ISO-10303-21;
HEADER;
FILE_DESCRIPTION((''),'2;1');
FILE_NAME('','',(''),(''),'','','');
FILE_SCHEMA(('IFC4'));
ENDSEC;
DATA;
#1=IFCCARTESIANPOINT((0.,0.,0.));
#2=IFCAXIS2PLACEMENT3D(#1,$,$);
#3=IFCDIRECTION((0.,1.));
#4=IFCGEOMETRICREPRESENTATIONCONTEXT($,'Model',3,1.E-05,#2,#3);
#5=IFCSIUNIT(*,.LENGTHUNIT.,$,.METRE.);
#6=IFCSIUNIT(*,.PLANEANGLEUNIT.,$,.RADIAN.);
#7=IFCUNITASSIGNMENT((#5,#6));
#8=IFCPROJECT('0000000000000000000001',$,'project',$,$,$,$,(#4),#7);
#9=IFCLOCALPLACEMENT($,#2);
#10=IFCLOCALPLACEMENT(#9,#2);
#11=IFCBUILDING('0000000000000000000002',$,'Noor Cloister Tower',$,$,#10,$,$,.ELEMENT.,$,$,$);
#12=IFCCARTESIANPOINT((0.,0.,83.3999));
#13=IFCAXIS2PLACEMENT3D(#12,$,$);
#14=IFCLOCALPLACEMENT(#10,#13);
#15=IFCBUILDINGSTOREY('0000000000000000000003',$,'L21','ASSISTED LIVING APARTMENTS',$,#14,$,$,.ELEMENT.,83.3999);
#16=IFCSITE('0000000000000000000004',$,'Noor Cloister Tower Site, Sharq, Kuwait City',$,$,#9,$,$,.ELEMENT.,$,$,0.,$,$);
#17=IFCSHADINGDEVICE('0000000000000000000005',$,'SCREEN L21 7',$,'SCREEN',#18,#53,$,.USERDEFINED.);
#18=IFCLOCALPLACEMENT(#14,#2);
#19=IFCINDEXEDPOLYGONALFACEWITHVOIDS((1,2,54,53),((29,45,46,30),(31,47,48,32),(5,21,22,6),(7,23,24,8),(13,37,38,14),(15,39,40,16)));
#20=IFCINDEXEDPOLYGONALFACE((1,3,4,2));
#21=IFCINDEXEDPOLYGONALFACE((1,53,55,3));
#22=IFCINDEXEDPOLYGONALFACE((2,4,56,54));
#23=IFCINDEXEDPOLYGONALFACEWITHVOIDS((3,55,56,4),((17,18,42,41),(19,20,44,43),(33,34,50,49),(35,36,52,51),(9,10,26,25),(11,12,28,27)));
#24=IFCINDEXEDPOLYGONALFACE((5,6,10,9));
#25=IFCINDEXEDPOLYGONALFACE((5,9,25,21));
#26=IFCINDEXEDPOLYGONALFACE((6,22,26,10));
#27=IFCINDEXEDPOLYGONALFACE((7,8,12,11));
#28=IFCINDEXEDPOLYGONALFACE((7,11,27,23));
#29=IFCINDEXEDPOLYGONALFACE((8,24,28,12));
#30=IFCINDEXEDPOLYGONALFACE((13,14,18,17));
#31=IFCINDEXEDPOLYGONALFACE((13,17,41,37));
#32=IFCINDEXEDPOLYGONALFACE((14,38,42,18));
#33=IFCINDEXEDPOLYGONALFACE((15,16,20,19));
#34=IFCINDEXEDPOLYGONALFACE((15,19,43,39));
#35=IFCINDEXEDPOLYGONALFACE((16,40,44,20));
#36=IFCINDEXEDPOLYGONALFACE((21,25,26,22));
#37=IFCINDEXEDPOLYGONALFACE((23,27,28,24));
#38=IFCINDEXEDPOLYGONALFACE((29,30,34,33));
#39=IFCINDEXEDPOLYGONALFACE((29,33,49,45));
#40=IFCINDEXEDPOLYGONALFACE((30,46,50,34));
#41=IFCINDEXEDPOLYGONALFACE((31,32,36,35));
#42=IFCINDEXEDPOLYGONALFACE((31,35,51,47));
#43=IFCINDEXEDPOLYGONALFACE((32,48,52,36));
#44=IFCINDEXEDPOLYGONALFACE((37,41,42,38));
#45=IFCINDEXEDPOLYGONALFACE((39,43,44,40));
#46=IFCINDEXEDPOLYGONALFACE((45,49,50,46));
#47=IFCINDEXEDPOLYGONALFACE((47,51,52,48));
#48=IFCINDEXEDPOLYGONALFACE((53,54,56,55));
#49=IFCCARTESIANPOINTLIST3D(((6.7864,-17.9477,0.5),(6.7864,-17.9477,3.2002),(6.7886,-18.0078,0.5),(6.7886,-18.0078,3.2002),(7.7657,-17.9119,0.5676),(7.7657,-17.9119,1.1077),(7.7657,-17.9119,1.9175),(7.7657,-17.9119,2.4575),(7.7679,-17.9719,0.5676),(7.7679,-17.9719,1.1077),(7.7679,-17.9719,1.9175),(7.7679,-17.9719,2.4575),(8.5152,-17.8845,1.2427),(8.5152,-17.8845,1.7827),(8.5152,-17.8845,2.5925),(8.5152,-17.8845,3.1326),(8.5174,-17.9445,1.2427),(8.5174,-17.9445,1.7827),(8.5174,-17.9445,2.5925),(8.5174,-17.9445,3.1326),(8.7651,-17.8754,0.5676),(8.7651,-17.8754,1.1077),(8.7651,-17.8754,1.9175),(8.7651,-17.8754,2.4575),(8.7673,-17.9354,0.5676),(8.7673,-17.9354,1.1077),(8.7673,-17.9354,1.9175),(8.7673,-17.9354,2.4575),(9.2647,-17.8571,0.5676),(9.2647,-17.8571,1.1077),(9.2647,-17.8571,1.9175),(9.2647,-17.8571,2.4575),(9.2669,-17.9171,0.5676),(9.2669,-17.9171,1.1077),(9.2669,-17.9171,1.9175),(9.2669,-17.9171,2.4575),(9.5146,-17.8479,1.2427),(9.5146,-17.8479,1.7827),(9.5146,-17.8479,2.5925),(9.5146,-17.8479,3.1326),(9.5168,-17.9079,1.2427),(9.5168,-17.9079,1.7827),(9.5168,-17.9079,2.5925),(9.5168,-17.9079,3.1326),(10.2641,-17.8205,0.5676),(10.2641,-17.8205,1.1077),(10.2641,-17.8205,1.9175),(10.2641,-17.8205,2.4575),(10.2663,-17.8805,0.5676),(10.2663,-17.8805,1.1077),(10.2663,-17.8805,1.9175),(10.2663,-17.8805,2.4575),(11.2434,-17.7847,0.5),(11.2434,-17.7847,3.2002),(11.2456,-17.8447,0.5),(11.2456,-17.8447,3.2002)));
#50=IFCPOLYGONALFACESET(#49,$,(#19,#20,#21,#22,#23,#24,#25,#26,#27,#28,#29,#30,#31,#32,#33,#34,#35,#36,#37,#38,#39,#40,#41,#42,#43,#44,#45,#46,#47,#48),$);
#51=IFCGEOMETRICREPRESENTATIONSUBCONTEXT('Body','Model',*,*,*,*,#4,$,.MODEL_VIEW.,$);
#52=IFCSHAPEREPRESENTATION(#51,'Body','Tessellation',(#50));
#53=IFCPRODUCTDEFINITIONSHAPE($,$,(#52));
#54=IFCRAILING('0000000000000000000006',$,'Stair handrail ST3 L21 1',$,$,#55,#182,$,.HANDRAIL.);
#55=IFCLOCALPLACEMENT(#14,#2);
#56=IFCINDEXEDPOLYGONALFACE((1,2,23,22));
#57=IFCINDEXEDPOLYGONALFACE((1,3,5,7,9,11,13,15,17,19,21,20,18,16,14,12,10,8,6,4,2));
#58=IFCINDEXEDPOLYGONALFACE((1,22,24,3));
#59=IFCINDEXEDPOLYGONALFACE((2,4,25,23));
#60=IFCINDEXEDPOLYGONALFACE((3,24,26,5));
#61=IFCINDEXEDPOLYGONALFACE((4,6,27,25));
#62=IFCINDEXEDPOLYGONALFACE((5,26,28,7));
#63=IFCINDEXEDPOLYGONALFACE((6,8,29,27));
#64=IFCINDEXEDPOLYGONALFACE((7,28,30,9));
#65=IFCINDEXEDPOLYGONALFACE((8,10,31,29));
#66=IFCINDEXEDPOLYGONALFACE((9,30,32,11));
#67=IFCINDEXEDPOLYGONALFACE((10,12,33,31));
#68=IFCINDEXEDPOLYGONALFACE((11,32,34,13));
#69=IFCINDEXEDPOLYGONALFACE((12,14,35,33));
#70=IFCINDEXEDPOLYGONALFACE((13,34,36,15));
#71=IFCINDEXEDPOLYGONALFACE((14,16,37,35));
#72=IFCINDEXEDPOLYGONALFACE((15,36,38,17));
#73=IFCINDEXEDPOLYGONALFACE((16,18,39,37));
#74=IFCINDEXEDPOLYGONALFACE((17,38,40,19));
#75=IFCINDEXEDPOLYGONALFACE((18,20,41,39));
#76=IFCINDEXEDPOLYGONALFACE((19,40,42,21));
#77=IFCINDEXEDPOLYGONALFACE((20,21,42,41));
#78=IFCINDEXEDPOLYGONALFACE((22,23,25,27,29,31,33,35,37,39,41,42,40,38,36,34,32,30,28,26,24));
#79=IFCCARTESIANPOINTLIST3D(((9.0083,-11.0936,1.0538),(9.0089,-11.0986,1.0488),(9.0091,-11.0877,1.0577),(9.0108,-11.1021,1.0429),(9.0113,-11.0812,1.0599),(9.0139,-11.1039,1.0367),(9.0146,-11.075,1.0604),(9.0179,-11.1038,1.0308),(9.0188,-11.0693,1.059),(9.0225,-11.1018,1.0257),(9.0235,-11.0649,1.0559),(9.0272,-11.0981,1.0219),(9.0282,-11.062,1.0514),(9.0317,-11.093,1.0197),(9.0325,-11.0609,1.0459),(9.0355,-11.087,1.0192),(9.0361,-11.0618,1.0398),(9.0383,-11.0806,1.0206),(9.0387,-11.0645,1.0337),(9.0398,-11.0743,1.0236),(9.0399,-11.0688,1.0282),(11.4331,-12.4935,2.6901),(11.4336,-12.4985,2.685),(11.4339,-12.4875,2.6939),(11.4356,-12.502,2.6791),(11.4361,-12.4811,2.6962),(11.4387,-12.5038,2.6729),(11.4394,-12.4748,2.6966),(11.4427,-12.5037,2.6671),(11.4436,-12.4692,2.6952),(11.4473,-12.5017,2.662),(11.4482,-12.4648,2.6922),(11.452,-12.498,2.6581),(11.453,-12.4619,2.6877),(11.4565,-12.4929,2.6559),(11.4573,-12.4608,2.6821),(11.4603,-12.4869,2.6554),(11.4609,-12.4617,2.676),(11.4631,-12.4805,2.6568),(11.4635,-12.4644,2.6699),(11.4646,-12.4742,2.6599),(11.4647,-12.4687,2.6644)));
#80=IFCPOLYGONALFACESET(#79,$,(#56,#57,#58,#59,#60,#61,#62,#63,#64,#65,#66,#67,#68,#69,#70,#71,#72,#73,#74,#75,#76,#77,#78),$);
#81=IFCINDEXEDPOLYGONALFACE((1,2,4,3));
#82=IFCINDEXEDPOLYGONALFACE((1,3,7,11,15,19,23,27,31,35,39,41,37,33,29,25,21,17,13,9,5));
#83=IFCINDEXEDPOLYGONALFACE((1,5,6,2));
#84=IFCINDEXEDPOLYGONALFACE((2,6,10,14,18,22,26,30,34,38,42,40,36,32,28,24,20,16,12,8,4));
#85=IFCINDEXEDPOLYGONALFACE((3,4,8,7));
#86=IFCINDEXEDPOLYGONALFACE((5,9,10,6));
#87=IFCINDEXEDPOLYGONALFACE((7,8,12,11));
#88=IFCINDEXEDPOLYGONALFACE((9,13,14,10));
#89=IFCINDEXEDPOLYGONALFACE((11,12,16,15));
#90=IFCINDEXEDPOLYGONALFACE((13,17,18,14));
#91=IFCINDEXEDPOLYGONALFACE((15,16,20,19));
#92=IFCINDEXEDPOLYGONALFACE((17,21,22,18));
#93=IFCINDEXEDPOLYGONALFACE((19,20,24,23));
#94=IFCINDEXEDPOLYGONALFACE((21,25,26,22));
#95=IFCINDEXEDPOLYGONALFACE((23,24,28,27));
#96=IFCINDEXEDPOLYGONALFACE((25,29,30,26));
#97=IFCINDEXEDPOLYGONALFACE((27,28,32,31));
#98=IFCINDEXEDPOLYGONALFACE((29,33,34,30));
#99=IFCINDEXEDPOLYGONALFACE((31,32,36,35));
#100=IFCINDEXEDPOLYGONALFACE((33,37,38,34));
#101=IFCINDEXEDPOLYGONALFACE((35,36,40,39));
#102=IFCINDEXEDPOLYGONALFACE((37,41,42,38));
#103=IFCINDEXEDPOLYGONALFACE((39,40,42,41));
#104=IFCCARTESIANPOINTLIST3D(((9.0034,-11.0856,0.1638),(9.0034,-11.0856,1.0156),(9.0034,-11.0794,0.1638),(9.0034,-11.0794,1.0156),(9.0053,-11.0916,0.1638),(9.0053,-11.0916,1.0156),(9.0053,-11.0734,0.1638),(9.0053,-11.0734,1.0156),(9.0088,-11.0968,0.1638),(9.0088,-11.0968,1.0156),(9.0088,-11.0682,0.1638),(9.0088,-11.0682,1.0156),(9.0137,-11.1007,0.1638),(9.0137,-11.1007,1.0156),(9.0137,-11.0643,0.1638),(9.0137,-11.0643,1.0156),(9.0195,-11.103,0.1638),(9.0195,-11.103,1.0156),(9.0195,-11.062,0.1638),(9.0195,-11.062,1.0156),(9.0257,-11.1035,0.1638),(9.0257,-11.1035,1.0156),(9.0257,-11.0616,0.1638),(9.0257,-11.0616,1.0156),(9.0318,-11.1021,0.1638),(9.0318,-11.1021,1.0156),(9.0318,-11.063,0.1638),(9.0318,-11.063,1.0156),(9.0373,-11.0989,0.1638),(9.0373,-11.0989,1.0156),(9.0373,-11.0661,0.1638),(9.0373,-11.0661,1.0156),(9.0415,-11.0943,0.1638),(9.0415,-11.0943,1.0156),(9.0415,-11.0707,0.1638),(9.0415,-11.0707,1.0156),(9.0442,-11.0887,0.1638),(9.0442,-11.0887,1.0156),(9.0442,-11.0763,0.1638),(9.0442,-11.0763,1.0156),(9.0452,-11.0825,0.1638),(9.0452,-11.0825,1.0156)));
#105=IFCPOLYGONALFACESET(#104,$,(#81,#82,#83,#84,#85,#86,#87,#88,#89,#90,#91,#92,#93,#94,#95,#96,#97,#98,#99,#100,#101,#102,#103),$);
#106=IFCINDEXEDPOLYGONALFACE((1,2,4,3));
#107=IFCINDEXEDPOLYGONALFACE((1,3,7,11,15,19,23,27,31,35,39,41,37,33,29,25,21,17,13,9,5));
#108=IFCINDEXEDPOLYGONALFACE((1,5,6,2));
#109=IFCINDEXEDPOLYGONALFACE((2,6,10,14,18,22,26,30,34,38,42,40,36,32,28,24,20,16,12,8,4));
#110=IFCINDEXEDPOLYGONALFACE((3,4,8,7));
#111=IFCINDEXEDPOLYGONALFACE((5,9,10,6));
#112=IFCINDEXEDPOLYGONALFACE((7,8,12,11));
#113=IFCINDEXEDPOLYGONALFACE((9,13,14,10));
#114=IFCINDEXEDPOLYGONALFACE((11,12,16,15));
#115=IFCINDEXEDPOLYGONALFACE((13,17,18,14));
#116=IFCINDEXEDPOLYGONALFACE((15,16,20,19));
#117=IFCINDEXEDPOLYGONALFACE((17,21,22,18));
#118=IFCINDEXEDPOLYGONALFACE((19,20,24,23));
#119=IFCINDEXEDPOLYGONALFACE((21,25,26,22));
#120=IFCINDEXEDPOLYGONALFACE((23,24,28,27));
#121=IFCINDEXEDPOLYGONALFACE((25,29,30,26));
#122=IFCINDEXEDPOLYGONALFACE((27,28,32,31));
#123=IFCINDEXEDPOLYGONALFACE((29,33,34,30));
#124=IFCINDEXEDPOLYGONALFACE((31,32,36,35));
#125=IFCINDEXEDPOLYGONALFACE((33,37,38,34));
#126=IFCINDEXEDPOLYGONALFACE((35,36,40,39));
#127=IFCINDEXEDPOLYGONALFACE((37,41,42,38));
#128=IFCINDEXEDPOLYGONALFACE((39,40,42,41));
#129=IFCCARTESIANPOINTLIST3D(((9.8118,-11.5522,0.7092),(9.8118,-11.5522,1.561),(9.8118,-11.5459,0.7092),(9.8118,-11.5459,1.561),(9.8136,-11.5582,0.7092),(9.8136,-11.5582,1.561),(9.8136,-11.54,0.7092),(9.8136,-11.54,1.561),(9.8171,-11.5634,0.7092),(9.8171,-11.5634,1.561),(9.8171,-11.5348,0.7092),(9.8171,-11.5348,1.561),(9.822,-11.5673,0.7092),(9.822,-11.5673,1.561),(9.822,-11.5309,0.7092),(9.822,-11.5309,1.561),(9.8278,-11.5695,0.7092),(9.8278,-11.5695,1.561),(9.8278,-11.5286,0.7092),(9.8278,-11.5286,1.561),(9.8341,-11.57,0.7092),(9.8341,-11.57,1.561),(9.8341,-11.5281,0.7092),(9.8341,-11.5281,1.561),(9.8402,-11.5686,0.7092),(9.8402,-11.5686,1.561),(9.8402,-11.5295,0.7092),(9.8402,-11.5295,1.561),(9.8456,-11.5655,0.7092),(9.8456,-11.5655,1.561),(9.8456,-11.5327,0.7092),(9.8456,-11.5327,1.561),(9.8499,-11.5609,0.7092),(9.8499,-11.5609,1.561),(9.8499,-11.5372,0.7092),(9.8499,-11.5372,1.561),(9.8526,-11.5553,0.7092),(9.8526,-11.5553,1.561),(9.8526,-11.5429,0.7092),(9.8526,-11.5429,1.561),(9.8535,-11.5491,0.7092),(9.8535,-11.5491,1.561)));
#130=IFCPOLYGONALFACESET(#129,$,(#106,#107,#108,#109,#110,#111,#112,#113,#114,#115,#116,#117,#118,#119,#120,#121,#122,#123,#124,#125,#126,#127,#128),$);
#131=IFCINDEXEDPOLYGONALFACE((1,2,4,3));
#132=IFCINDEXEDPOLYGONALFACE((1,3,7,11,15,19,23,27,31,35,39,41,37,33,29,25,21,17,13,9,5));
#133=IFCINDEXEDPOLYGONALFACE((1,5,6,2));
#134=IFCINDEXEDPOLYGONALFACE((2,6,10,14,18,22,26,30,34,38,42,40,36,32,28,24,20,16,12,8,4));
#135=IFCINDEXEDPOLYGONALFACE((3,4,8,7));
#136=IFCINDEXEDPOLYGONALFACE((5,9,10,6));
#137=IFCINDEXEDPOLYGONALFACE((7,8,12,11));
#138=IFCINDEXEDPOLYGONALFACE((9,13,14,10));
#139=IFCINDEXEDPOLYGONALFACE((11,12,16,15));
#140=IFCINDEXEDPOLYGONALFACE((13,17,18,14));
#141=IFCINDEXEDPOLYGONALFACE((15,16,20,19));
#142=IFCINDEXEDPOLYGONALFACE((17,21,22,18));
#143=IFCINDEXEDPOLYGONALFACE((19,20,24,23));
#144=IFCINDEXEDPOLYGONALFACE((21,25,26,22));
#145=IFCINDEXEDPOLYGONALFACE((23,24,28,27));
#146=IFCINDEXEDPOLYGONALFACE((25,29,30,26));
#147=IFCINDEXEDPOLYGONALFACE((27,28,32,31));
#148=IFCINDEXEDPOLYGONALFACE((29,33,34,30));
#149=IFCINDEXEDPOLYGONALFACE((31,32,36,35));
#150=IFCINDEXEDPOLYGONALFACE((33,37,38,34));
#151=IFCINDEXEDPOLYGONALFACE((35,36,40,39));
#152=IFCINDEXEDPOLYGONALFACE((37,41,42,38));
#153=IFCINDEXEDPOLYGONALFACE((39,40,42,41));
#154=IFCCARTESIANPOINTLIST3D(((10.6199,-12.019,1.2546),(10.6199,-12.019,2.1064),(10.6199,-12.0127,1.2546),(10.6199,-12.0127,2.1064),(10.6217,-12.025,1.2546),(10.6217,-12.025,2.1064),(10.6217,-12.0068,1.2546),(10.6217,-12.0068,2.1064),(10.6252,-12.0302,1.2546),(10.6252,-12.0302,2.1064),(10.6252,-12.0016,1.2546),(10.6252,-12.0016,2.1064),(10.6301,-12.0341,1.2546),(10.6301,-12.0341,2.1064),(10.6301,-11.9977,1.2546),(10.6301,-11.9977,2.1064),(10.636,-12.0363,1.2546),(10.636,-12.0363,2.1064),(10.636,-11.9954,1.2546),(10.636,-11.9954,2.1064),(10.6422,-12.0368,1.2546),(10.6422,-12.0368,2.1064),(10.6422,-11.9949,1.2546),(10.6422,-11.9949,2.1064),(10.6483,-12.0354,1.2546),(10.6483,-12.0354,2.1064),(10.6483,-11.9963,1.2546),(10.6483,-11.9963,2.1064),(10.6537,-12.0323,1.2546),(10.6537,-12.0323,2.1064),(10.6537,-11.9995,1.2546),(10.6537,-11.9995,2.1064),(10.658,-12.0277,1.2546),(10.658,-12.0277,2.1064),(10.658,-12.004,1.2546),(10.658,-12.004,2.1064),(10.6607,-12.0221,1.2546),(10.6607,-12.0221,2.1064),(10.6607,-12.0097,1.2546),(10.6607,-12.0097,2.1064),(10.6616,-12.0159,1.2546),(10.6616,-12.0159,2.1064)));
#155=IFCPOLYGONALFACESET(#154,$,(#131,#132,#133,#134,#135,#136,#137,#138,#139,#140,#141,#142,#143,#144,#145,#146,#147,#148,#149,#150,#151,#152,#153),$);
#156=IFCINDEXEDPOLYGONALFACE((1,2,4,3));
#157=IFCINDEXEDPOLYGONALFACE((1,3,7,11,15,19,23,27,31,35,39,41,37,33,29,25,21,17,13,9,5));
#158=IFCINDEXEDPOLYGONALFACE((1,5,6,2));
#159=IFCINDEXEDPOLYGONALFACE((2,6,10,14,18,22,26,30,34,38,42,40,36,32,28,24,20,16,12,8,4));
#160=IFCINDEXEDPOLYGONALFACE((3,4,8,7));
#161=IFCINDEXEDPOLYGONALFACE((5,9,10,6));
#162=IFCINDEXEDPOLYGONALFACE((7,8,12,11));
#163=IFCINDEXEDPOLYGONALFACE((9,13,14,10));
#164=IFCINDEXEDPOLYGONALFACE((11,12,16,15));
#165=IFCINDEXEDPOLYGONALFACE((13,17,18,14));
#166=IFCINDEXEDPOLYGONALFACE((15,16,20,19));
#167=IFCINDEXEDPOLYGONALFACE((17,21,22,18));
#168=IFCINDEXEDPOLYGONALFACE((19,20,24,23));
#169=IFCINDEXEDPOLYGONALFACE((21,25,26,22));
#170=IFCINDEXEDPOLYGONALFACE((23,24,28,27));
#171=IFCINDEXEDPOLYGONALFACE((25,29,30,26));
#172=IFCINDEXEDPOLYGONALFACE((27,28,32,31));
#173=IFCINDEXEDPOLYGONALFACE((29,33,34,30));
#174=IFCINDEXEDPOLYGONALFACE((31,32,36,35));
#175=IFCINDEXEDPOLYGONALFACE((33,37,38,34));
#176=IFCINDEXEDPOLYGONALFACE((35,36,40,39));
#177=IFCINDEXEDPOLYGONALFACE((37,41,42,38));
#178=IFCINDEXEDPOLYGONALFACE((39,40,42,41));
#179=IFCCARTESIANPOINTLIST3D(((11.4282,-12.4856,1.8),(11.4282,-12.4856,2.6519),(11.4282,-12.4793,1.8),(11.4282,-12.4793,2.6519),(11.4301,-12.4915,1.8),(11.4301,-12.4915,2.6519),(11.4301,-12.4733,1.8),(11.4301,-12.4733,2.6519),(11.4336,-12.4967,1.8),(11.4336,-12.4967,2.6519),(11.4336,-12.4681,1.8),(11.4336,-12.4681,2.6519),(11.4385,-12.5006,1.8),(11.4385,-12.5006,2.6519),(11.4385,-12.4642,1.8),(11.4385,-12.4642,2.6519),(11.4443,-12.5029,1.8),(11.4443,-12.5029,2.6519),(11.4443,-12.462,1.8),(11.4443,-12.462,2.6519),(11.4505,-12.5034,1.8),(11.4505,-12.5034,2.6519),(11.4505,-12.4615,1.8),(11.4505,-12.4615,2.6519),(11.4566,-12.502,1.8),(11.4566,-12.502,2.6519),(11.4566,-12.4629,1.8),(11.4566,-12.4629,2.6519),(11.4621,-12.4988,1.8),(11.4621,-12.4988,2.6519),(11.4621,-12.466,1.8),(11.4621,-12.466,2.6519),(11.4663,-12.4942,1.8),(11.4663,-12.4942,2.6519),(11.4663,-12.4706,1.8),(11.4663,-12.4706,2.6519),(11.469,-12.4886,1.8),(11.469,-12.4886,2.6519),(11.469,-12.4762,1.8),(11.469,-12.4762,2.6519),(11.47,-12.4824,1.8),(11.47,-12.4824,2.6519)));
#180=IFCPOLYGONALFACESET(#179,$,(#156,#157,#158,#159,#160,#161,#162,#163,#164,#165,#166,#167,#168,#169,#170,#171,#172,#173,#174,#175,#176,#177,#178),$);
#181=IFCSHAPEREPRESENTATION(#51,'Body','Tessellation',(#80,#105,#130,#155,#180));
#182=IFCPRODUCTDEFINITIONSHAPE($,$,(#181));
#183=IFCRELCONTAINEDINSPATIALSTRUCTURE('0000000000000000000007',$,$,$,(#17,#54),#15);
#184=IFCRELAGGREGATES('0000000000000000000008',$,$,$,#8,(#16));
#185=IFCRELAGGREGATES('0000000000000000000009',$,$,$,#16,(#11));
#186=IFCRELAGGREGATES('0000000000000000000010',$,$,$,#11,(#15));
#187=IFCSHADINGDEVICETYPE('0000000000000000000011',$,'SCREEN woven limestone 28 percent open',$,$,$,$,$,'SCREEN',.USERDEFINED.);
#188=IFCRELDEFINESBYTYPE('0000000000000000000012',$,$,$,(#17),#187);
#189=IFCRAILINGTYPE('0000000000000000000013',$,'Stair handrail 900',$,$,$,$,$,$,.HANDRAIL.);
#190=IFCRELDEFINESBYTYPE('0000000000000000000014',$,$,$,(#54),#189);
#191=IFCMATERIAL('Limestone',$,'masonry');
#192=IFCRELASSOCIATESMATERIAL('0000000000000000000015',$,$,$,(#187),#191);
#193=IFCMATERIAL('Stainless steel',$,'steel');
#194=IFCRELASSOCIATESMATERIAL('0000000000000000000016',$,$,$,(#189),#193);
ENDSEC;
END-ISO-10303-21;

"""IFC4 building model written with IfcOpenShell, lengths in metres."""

from ifc_helpers import new_model, si_unit, direction, frame, origin, origin_2d, place, context, subcontext, project, spatial, polyline, circle, outline, extrude, material, material_profile, profile_set, type_object, element, save


model = new_model("IFC4")

# Units and contexts
model_context = context("Model", 3, precision=1e-05, world=origin(), true_north=direction((0.0, 1.0)))
body_context = subcontext(model_context, "Body", "Model", "MODEL_VIEW")
ifc_project = project(units=[si_unit("LENGTHUNIT", "METRE"), si_unit("PLANEANGLEUNIT", "RADIAN")], contexts=[model_context])

# Site, building, storey
site_placement = place(None, origin())
site = spatial("IfcSite", under=ifc_project, at=site_placement, Name="Noor Cloister Tower Site, Sharq, Kuwait City", CompositionType="ELEMENT", RefElevation=0.0)
building_placement = place(site_placement, origin())
building = spatial("IfcBuilding", under=site, at=building_placement, Name="Noor Cloister Tower", CompositionType="ELEMENT")
storey_placement = place(building_placement, frame((0.0, 0.0, 83.3999)))
storey = spatial("IfcBuildingStorey", under=building, at=storey_placement, Name="L21", Description="ASSISTED LIVING APARTMENTS", CompositionType="ELEMENT", Elevation=83.3999)

# Shading device
ifc_material_1 = material(Name="Limestone", Category="masonry")
ifc_material_profile_1 = material_profile(ifc_material_1, outline(polyline([(-2.23, -1.3501), (2.23, -1.3501), (2.23, 1.3501), (-2.23, 1.3501), (-2.23, -1.3501)]), holes=[polyline([(-1.25, -1.2825), (-0.25, -1.2825), (-0.25, -0.7424), (-1.25, -0.7424), (-1.25, -1.2825)]), polyline([(0.25, -1.2825), (1.25, -1.2825), (1.25, -0.7424), (0.25, -0.7424), (0.25, -1.2825)]), polyline([(-0.5, -0.6074), (0.5, -0.6074), (0.5, -0.0674), (-0.5, -0.0674), (-0.5, -0.6074)]), polyline([(-1.25, 0.0674), (-0.25, 0.0674), (-0.25, 0.6074), (-1.25, 0.6074), (-1.25, 0.0674)]), polyline([(0.25, 0.0674), (1.25, 0.0674), (1.25, 0.6074), (0.25, 0.6074), (0.25, 0.0674)]), polyline([(-0.5, 0.7424), (0.5, 0.7424), (0.5, 1.2825), (-0.5, 1.2825), (-0.5, 0.7424)])]), Name="Woven screen 28 percent open")
ifc_profile_set_1 = profile_set([ifc_material_profile_1], Name="Limestone")
shading_device_type = type_object("IfcShadingDeviceType", Name="SCREEN woven limestone 28 percent open", ElementType="SCREEN", PredefinedType="USERDEFINED", material=ifc_profile_set_1)
shading_device_1_placement = place(storey_placement, frame((9.0149, -17.8662, 1.8501), z_axis=(0.036561, -0.999331, 0.0), x_axis=(0.999331, 0.036561, 0.0)))
element("IfcShadingDevice", 1, at=shading_device_1_placement, inside=storey, type_object=shading_device_type, Name="SCREEN L21 7", ObjectType="SCREEN", PredefinedType="USERDEFINED", context=body_context, shape_type="SweptSolid", body=[
    extrude(outline(polyline([(-2.23, -1.3501), (2.23, -1.3501), (2.23, 1.3501), (-2.23, 1.3501), (-2.23, -1.3501)]), holes=[polyline([(-1.25, -1.2825), (-0.25, -1.2825), (-0.25, -0.7424), (-1.25, -0.7424), (-1.25, -1.2825)]), polyline([(0.25, -1.2825), (1.25, -1.2825), (1.25, -0.7424), (0.25, -0.7424), (0.25, -1.2825)]), polyline([(-0.5, -0.6074), (0.5, -0.6074), (0.5, -0.0674), (-0.5, -0.0674), (-0.5, -0.6074)]), polyline([(-1.25, 0.0674), (-0.25, 0.0674), (-0.25, 0.6074), (-1.25, 0.6074), (-1.25, 0.0674)]), polyline([(0.25, 0.0674), (1.25, 0.0674), (1.25, 0.6074), (0.25, 0.6074), (0.25, 0.0674)]), polyline([(-0.5, 0.7424), (0.5, 0.7424), (0.5, 1.2825), (-0.5, 1.2825), (-0.5, 0.7424)])]), origin(), (0.0, 0.0, 1.0), 0.0601),
])

# Railing
ifc_material_2 = material(Name="Stainless steel", Category="steel")
railing_type = type_object("IfcRailingType", Name="Stair handrail 900", PredefinedType="HANDRAIL", material=ifc_material_2)
railing_placement = place(storey_placement, frame((9.0242, -11.0825, 0.1638)))
element("IfcRailing", 2, at=railing_placement, inside=storey, type_object=railing_type, Name="Stair handrail ST3 L21 1", PredefinedType="HANDRAIL", context=body_context, shape_type="SweptSolid", body=[
    extrude(circle(Radius=0.0239, at=origin_2d()), frame((0.0, 0.0, 0.876), z_axis=(0.747718, -0.431677, 0.504552), x_axis=(0.499984, 0.866035, 0.0)), (0.0, 0.0, 1.0), 3.2429),
    extrude(circle(Radius=0.021, at=origin_2d()), origin(), (0.0, 0.0, 1.0), 0.8518),
    extrude(circle(Radius=0.021, at=origin_2d()), frame((0.8083, -0.4666, 0.5454)), (0.0, 0.0, 1.0), 0.8518),
    extrude(circle(Radius=0.021, at=origin_2d()), frame((1.6165, -0.9333, 1.0908)), (0.0, 0.0, 1.0), 0.8518),
    extrude(circle(Radius=0.021, at=origin_2d()), frame((2.4248, -1.3999, 1.6362)), (0.0, 0.0, 1.0), 0.8518),
])

save(model, "model.ifc")
